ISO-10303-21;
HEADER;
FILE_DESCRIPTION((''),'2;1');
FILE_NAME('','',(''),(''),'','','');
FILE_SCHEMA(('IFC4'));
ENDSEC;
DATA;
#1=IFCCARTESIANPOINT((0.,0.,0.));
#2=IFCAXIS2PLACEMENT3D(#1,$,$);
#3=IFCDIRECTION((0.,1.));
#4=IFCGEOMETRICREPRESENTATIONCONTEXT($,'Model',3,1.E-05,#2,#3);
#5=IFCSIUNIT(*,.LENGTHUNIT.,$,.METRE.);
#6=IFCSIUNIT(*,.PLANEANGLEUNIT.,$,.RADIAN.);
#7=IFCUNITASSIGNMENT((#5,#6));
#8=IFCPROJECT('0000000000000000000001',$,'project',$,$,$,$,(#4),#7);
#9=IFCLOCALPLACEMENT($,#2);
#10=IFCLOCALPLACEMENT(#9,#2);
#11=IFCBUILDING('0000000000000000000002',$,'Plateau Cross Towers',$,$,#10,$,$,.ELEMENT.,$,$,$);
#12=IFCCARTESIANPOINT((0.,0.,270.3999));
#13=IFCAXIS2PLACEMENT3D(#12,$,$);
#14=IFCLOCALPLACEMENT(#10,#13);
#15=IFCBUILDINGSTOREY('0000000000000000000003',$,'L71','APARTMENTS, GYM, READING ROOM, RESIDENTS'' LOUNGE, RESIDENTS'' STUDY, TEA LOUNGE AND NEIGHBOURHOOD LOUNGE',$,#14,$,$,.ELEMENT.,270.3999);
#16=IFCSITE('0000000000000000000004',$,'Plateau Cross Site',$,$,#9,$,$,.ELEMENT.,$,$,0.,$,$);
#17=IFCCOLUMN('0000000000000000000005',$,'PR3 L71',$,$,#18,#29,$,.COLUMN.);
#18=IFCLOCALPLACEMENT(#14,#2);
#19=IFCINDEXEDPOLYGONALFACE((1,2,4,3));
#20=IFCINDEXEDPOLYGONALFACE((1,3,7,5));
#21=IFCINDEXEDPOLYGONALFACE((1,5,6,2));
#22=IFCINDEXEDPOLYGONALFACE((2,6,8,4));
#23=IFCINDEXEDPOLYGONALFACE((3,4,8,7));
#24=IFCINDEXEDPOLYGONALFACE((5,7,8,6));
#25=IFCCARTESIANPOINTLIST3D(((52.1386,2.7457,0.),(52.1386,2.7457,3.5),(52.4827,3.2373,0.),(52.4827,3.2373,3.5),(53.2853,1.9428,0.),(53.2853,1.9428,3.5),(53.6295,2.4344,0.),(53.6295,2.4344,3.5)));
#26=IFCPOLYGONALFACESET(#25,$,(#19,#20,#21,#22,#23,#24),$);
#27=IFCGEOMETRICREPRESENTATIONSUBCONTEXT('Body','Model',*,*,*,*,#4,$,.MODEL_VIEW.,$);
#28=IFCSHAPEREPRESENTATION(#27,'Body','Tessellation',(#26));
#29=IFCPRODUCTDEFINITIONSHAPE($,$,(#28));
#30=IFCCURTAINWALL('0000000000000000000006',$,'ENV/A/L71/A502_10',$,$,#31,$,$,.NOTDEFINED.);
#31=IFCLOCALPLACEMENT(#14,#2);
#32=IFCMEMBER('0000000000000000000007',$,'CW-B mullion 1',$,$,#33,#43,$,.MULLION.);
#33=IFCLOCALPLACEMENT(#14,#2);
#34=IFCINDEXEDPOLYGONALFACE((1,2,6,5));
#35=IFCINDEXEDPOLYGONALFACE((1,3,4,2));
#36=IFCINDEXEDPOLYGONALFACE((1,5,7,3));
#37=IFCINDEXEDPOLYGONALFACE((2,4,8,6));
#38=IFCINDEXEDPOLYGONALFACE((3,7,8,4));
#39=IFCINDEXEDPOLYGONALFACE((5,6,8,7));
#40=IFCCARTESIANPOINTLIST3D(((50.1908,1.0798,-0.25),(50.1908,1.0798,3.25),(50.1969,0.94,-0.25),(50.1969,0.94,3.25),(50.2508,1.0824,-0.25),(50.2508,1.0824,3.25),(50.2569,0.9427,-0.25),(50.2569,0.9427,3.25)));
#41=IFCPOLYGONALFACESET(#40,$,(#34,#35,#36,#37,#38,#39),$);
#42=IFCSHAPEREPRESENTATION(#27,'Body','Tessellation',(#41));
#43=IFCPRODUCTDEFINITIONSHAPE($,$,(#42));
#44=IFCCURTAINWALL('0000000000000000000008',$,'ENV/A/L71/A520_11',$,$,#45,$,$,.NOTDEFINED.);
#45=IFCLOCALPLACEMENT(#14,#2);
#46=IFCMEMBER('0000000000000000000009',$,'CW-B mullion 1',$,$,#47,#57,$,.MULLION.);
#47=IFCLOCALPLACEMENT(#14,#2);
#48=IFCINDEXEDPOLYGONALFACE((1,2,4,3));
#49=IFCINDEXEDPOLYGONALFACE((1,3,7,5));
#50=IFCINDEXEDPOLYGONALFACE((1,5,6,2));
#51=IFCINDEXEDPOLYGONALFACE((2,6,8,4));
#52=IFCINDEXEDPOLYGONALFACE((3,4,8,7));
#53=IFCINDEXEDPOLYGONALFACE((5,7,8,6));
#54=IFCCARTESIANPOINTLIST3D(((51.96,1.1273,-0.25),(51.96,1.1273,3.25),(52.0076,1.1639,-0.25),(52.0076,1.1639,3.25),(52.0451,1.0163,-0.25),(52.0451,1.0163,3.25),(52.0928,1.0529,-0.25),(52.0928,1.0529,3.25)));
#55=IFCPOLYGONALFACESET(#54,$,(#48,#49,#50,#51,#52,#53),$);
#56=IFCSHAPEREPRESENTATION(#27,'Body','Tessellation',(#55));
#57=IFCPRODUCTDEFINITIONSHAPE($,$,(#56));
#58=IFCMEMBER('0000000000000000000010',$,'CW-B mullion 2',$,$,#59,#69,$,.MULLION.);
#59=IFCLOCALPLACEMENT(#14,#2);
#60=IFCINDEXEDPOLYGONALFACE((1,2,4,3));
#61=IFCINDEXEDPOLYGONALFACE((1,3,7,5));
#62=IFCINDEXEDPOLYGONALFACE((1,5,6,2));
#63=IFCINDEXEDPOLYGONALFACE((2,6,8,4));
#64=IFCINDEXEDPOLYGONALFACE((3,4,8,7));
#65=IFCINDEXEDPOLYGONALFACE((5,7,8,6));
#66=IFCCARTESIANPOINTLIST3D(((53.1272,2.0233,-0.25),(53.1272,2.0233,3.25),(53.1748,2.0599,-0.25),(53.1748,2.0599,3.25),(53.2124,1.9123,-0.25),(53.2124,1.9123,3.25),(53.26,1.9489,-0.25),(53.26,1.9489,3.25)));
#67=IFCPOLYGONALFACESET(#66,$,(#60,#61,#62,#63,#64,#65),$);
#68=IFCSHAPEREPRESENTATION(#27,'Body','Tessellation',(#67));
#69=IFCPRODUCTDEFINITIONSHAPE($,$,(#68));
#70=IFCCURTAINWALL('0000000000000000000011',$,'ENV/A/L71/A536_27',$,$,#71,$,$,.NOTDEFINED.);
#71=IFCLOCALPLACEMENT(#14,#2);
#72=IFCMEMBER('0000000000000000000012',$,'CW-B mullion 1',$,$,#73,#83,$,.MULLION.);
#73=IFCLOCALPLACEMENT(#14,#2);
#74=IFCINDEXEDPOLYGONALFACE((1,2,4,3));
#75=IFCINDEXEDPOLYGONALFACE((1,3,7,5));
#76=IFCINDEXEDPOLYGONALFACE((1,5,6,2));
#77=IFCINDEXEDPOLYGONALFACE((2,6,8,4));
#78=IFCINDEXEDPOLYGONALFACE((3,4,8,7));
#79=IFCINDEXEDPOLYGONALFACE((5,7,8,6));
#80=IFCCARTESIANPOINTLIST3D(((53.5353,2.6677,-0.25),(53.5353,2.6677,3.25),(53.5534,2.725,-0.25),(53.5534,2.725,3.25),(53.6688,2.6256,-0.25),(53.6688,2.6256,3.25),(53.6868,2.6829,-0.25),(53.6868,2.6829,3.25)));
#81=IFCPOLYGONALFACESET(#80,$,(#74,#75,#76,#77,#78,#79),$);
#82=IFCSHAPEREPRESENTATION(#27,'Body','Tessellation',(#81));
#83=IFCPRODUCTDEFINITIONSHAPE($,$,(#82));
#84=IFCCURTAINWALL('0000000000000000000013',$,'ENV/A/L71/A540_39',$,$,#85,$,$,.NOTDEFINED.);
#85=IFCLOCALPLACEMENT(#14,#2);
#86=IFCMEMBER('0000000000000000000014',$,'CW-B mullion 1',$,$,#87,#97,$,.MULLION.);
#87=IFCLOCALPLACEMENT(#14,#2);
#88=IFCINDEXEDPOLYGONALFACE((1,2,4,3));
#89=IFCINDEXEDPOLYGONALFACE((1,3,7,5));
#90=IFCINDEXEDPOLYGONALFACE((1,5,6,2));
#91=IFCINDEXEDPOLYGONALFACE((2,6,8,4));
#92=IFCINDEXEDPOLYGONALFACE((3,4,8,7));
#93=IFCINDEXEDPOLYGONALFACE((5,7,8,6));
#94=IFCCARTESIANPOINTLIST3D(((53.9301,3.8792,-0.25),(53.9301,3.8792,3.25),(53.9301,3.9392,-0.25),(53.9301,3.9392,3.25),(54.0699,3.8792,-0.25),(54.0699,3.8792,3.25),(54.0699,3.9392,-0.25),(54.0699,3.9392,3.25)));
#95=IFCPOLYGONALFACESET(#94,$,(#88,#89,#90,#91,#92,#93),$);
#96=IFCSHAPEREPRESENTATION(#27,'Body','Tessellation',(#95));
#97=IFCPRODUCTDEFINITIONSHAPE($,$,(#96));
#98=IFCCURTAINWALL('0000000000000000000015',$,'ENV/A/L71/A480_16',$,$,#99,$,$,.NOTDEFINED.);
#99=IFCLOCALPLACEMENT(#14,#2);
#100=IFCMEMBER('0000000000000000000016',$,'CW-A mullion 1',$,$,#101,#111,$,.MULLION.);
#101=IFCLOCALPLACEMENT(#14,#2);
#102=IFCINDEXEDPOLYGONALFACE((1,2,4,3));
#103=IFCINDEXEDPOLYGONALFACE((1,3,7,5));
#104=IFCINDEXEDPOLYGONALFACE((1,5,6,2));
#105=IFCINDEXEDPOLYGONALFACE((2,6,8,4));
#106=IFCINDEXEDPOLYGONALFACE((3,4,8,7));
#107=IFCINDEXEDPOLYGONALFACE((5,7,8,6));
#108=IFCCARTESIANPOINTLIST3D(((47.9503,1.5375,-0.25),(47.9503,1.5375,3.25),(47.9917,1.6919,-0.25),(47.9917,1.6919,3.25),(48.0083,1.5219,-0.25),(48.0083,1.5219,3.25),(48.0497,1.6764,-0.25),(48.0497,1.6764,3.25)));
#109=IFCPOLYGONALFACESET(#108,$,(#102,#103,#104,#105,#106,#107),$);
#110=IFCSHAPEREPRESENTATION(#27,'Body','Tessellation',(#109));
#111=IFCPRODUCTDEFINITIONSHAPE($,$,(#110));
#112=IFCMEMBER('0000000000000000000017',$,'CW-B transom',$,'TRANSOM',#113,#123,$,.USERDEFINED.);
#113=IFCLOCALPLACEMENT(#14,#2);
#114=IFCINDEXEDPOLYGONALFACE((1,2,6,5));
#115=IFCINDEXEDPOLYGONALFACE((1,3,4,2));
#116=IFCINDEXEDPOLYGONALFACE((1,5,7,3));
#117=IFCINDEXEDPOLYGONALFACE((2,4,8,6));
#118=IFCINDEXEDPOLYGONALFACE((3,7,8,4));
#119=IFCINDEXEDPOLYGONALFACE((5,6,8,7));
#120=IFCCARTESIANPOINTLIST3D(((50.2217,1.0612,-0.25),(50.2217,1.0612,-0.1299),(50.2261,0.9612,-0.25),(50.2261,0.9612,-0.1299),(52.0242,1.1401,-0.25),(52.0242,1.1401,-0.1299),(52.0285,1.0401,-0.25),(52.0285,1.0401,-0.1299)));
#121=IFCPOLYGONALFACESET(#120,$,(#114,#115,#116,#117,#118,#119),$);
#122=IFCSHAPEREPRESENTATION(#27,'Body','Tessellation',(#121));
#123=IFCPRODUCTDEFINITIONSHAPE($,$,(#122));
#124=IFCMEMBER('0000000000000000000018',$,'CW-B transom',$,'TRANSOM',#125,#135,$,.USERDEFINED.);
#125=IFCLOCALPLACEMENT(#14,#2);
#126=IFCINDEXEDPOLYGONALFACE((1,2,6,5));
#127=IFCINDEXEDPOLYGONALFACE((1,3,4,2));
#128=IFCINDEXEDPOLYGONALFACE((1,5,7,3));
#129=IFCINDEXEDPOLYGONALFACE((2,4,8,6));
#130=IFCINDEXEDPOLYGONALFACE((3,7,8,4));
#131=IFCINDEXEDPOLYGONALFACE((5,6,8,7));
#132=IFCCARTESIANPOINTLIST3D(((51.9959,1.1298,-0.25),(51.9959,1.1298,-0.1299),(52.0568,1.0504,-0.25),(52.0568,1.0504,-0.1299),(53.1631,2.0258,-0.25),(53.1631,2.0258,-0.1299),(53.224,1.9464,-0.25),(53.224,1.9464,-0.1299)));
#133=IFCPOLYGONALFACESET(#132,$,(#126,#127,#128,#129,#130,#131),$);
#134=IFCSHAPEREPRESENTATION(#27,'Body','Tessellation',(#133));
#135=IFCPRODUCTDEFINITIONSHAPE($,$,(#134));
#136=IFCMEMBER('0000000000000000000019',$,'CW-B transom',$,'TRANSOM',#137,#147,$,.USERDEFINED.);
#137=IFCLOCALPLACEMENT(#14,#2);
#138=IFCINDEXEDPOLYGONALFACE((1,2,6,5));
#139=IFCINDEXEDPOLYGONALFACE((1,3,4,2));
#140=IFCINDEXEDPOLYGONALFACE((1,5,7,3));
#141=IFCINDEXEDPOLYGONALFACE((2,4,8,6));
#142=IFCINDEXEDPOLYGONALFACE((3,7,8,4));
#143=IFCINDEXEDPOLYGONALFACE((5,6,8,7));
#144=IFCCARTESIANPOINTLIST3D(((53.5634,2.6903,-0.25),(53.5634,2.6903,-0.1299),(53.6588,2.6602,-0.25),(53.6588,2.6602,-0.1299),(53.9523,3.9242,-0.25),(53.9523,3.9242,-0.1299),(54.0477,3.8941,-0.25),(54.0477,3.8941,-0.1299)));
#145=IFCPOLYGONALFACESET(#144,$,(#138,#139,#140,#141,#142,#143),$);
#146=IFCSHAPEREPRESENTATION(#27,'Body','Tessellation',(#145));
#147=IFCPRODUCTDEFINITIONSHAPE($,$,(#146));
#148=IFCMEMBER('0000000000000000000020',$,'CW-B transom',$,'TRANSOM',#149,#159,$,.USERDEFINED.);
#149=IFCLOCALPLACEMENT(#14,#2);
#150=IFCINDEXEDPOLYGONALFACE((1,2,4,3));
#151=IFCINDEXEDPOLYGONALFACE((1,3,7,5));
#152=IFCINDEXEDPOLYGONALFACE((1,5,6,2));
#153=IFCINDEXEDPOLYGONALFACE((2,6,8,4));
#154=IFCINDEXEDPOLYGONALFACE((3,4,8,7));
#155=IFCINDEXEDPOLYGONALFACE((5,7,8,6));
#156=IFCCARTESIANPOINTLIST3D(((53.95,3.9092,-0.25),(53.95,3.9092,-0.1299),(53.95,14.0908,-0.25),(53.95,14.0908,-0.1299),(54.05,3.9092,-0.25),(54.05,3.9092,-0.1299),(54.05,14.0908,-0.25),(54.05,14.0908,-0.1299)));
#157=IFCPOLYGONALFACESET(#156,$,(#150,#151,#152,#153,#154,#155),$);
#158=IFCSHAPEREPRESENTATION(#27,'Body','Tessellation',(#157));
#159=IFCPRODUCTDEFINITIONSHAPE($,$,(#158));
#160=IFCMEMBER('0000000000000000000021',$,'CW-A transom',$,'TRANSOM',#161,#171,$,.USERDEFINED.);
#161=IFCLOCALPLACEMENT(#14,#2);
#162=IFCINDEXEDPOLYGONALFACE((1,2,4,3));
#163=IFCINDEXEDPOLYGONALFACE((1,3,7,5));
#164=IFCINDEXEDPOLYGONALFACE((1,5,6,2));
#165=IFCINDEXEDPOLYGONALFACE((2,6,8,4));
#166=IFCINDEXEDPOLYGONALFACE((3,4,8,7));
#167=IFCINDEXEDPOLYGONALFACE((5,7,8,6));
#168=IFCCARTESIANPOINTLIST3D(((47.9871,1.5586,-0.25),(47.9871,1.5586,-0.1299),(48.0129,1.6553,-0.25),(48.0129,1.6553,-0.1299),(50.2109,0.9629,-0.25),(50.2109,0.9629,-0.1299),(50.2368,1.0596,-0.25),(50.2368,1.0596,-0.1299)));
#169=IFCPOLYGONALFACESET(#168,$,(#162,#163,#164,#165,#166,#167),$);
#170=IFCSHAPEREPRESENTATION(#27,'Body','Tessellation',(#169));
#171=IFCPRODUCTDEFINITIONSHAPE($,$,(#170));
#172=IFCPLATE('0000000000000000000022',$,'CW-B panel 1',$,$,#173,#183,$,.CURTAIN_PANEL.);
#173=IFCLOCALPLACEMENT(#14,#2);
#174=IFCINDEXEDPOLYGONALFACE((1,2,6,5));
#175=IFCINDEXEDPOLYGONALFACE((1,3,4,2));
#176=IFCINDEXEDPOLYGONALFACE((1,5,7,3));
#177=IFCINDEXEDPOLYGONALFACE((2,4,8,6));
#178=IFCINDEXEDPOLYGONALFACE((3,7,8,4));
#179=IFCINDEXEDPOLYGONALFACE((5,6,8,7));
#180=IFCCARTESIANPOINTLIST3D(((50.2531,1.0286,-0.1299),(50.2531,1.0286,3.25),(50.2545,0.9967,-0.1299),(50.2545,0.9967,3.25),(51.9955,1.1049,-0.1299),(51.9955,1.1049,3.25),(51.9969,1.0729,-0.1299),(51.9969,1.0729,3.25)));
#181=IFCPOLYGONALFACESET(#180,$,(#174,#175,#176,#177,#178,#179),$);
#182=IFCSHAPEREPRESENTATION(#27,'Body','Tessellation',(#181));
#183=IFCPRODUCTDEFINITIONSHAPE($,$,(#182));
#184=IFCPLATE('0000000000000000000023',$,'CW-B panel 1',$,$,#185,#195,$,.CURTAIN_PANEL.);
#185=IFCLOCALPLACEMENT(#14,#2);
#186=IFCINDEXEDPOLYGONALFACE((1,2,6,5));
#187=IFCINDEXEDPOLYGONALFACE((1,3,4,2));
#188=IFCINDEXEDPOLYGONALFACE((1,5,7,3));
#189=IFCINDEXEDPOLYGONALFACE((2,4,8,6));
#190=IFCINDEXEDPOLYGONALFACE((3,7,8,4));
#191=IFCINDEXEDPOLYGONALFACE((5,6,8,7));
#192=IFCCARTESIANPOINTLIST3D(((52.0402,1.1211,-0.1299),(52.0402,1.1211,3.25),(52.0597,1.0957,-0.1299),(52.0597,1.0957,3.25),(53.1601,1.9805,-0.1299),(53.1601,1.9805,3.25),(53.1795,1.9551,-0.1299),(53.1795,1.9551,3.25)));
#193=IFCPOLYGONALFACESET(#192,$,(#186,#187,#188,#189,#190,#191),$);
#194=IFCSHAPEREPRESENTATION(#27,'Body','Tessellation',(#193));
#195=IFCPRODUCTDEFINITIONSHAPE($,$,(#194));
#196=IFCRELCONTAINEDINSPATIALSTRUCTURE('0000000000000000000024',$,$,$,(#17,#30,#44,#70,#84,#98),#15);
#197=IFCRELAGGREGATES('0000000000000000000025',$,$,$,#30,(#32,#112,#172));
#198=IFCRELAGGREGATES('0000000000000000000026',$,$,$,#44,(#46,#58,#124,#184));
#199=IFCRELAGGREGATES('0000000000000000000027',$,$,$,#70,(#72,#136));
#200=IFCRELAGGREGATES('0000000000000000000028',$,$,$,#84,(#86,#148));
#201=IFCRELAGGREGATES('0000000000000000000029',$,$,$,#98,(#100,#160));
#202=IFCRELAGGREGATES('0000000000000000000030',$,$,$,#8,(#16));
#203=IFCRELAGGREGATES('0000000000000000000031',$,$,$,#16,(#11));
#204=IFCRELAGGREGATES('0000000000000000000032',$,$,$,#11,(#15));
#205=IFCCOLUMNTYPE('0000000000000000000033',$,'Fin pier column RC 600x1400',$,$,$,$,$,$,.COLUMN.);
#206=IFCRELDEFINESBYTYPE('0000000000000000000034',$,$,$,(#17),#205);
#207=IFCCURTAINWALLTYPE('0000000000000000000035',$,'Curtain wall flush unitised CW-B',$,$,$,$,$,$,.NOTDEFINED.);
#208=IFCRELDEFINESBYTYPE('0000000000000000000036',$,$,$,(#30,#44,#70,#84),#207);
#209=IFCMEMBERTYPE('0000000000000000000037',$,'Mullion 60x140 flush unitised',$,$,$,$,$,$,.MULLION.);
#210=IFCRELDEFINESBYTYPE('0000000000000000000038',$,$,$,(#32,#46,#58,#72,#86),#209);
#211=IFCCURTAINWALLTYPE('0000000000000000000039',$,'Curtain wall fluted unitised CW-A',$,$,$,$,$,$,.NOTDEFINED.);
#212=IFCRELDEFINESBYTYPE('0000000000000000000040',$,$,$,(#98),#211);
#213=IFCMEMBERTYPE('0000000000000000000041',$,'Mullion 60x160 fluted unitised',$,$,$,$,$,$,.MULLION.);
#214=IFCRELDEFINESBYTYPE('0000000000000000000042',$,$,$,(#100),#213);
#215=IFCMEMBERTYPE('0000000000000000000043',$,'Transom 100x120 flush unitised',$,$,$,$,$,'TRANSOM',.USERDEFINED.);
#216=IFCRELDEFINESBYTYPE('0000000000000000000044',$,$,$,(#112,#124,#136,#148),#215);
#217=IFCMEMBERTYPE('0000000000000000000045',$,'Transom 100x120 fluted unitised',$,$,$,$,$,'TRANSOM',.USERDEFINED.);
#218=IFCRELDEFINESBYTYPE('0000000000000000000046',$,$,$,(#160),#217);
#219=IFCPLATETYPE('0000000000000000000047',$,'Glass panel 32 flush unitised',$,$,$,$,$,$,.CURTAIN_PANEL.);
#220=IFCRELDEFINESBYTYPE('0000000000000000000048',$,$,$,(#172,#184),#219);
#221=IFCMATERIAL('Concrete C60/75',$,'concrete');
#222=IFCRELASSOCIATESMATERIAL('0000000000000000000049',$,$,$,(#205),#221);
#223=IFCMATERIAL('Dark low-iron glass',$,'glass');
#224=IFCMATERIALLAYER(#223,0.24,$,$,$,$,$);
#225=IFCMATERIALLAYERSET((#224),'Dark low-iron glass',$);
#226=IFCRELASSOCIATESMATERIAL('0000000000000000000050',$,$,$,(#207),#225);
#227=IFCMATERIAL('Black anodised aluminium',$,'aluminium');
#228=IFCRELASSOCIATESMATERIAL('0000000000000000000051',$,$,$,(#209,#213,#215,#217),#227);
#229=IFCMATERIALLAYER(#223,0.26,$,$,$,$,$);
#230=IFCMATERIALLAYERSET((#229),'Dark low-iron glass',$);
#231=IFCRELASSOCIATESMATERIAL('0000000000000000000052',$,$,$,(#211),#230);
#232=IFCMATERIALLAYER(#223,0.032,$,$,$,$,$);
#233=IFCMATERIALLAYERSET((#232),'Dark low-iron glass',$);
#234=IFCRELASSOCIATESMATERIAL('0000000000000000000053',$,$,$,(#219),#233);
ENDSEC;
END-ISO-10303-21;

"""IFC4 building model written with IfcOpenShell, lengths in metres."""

from ifc_helpers import new_model, si_unit, direction, frame, origin, origin_2d, place, context, subcontext, project, spatial, rectangle, extrude, material, layer, layer_set, material_profile, profile_set, type_object, element, aggregate, save


model = new_model("IFC4")

# Units and contexts
model_context = context("Model", 3, precision=1e-05, world=origin(), true_north=direction((0.0, 1.0)))
body_context = subcontext(model_context, "Body", "Model", "MODEL_VIEW")
ifc_project = project(units=[si_unit("LENGTHUNIT", "METRE"), si_unit("PLANEANGLEUNIT", "RADIAN")], contexts=[model_context])

# Site, building, storey
site_placement = place(None, origin())
site = spatial("IfcSite", under=ifc_project, at=site_placement, Name="Plateau Cross Site", CompositionType="ELEMENT", RefElevation=0.0)
building_placement = place(site_placement, origin())
building = spatial("IfcBuilding", under=site, at=building_placement, Name="Plateau Cross Towers", CompositionType="ELEMENT")
storey_placement = place(building_placement, frame((0.0, 0.0, 270.3999)))
storey = spatial("IfcBuildingStorey", under=building, at=storey_placement, Name="L71", Description="APARTMENTS, GYM, READING ROOM, RESIDENTS' LOUNGE, RESIDENTS' STUDY, TEA LOUNGE AND NEIGHBOURHOOD LOUNGE", CompositionType="ELEMENT", Elevation=270.3999)

# Column
ifc_material_1 = material(Name="Concrete C60/75", Category="concrete")
ifc_material_profile_1 = material_profile(ifc_material_1, rectangle(XDim=0.6001, YDim=1.3999, at=origin_2d()), Name="RC 600x1400")
ifc_profile_set_1 = profile_set([ifc_material_profile_1], Name="Concrete C60/75")
column_type = type_object("IfcColumnType", Name="Fin pier column RC 600x1400", PredefinedType="COLUMN", material=ifc_profile_set_1)
column_placement = place(storey_placement, frame((52.884, 2.5901, 0.0), z_axis=(0.0, 0.0, 1.0), x_axis=(0.573543, 0.819176, 0.0)))
element("IfcColumn", 1, at=column_placement, inside=storey, type_object=column_type, Name="PR3 L71", PredefinedType="COLUMN", context=body_context, shape_type="SweptSolid", body=[
    extrude(rectangle(XDim=0.6001, YDim=1.3999, at=origin_2d()), origin(), (0.0, 0.0, 1.0), 3.5),
])

# Curtain wall, member
ifc_material_2 = material(Name="Dark low-iron glass", Category="glass")
ifc_layer_1 = layer(ifc_material_2, 0.24)
ifc_layer_set_1 = layer_set([ifc_layer_1], Name="Dark low-iron glass")
curtain_wall_type_1 = type_object("IfcCurtainWallType", Name="Curtain wall flush unitised CW-B", PredefinedType="NOTDEFINED", material=ifc_layer_set_1)
curtain_wall_1_placement = place(storey_placement, origin())
curtain_wall_1 = element("IfcCurtainWall", 2, at=curtain_wall_1_placement, inside=storey, type_object=curtain_wall_type_1, Name="ENV/A/L71/A502_10", PredefinedType="NOTDEFINED")
ifc_material_3 = material(Name="Black anodised aluminium", Category="aluminium")
ifc_material_profile_2 = material_profile(ifc_material_3, rectangle(XDim=0.0601, YDim=0.1399, at=origin_2d()), Name="MULLION 60x140")
ifc_profile_set_2 = profile_set([ifc_material_profile_2], Name="Black anodised aluminium")
member_type_1 = type_object("IfcMemberType", Name="Mullion 60x140 flush unitised", PredefinedType="MULLION", material=ifc_profile_set_2)
member_1_placement = place(storey_placement, frame((50.2239, 1.0112, -0.25), z_axis=(0.0, 0.0, 1.0), x_axis=(0.999044, 0.043723, 0.0)))
member_1 = element("IfcMember", 3, at=member_1_placement, type_object=member_type_1, Name="CW-B mullion 1", PredefinedType="MULLION", context=body_context, shape_type="SweptSolid", body=[
    extrude(rectangle(XDim=0.0601, YDim=0.1399, at=origin_2d()), origin(), (0.0, 0.0, 1.0), 3.5),
])

# Curtain wall, members
curtain_wall_2_placement = place(storey_placement, origin())
curtain_wall_2 = element("IfcCurtainWall", 4, at=curtain_wall_2_placement, inside=storey, type_object=curtain_wall_type_1, Name="ENV/A/L71/A520_11", PredefinedType="NOTDEFINED")
member_2_placement = place(storey_placement, frame((52.0264, 1.0901, -0.25), z_axis=(0.0, 0.0, 1.0), x_axis=(0.793316, 0.608811, 0.0)))
member_2 = element("IfcMember", 5, at=member_2_placement, type_object=member_type_1, Name="CW-B mullion 1", PredefinedType="MULLION", context=body_context, shape_type="SweptSolid", body=[
    extrude(rectangle(XDim=0.0601, YDim=0.1399, at=origin_2d()), origin(), (0.0, 0.0, 1.0), 3.5),
])
member_3_placement = place(storey_placement, frame((53.1936, 1.9861, -0.25), z_axis=(0.0, 0.0, 1.0), x_axis=(0.793316, 0.608811, 0.0)))
member_3 = element("IfcMember", 6, at=member_3_placement, type_object=member_type_1, Name="CW-B mullion 2", PredefinedType="MULLION", context=body_context, shape_type="SweptSolid", body=[
    extrude(rectangle(XDim=0.0601, YDim=0.1399, at=origin_2d()), origin(), (0.0, 0.0, 1.0), 3.5),
])

# Curtain walls, members
curtain_wall_3_placement = place(storey_placement, origin())
curtain_wall_3 = element("IfcCurtainWall", 7, at=curtain_wall_3_placement, inside=storey, type_object=curtain_wall_type_1, Name="ENV/A/L71/A536_27", PredefinedType="NOTDEFINED")
member_4_placement = place(storey_placement, frame((53.6111, 2.6753, -0.25), z_axis=(0.0, 0.0, 1.0), x_axis=(0.300686, 0.953723, 0.0)))
member_4 = element("IfcMember", 8, at=member_4_placement, type_object=member_type_1, Name="CW-B mullion 1", PredefinedType="MULLION", context=body_context, shape_type="SweptSolid", body=[
    extrude(rectangle(XDim=0.0601, YDim=0.1399, at=origin_2d()), origin(), (0.0, 0.0, 1.0), 3.5),
])
curtain_wall_4_placement = place(storey_placement, origin())
curtain_wall_4 = element("IfcCurtainWall", 9, at=curtain_wall_4_placement, inside=storey, type_object=curtain_wall_type_1, Name="ENV/A/L71/A540_39", PredefinedType="NOTDEFINED")
member_5_placement = place(storey_placement, frame((54.0, 3.9092, -0.25), z_axis=(0.0, 0.0, 1.0), x_axis=(0.0, 1.0, 0.0)))
member_5 = element("IfcMember", 10, at=member_5_placement, type_object=member_type_1, Name="CW-B mullion 1", PredefinedType="MULLION", context=body_context, shape_type="SweptSolid", body=[
    extrude(rectangle(XDim=0.0601, YDim=0.1399, at=origin_2d()), origin(), (0.0, 0.0, 1.0), 3.5),
])
ifc_layer_2 = layer(ifc_material_2, 0.26)
ifc_layer_set_2 = layer_set([ifc_layer_2], Name="Dark low-iron glass")
curtain_wall_type_2 = type_object("IfcCurtainWallType", Name="Curtain wall fluted unitised CW-A", PredefinedType="NOTDEFINED", material=ifc_layer_set_2)
curtain_wall_5_placement = place(storey_placement, origin())
curtain_wall_5 = element("IfcCurtainWall", 11, at=curtain_wall_5_placement, inside=storey, type_object=curtain_wall_type_2, Name="ENV/A/L71/A480_16", PredefinedType="NOTDEFINED")
ifc_material_profile_3 = material_profile(ifc_material_3, rectangle(XDim=0.0601, YDim=0.1599, at=origin_2d()), Name="MULLION 60x160")
ifc_profile_set_3 = profile_set([ifc_material_profile_3], Name="Black anodised aluminium")
member_type_2 = type_object("IfcMemberType", Name="Mullion 60x160 fluted unitised", PredefinedType="MULLION", material=ifc_profile_set_3)
member_6_placement = place(storey_placement, frame((48.0, 1.6069, -0.25), z_axis=(0.0, 0.0, 1.0), x_axis=(0.965958, -0.258699, 0.0)))
member_6 = element("IfcMember", 12, at=member_6_placement, type_object=member_type_2, Name="CW-A mullion 1", PredefinedType="MULLION", context=body_context, shape_type="SweptSolid", body=[
    extrude(rectangle(XDim=0.0601, YDim=0.1599, at=origin_2d()), origin(), (0.0, 0.0, 1.0), 3.5),
])

# Members
ifc_material_profile_4 = material_profile(ifc_material_3, rectangle(XDim=0.1001, YDim=0.1201, at=origin_2d()), Name="TRANSOM 100x120")
ifc_profile_set_4 = profile_set([ifc_material_profile_4], Name="Black anodised aluminium")
member_type_3 = type_object("IfcMemberType", Name="Transom 100x120 flush unitised", ElementType="TRANSOM", PredefinedType="USERDEFINED", material=ifc_profile_set_4)
member_7_placement = place(storey_placement, frame((50.2239, 1.0112, -0.1899), z_axis=(0.999044, 0.043707, 0.0), x_axis=(-0.043707, 0.999044, 0.0)))
member_7 = element("IfcMember", 13, at=member_7_placement, type_object=member_type_3, Name="CW-B transom", ObjectType="TRANSOM", PredefinedType="USERDEFINED", context=body_context, shape_type="SweptSolid", body=[
    extrude(rectangle(XDim=0.1001, YDim=0.1201, at=origin_2d()), origin(), (0.0, 0.0, 1.0), 1.8042),
])
member_8_placement = place(storey_placement, frame((52.0264, 1.0901, -0.1899), z_axis=(0.79324, 0.608909, 0.0), x_axis=(-0.608909, 0.79324, 0.0)))
member_8 = element("IfcMember", 14, at=member_8_placement, type_object=member_type_3, Name="CW-B transom", ObjectType="TRANSOM", PredefinedType="USERDEFINED", context=body_context, shape_type="SweptSolid", body=[
    extrude(rectangle(XDim=0.1001, YDim=0.1201, at=origin_2d()), origin(), (0.0, 0.0, 1.0), 1.4714),
])
member_9_placement = place(storey_placement, frame((53.6111, 2.6753, -0.1899), z_axis=(0.300617, 0.953745, 0.0), x_axis=(-0.953745, 0.300617, 0.0)))
member_9 = element("IfcMember", 15, at=member_9_placement, type_object=member_type_3, Name="CW-B transom", ObjectType="TRANSOM", PredefinedType="USERDEFINED", context=body_context, shape_type="SweptSolid", body=[
    extrude(rectangle(XDim=0.1001, YDim=0.1201, at=origin_2d()), origin(), (0.0, 0.0, 1.0), 1.2937),
])
member_10_placement = place(storey_placement, frame((54.0, 3.9092, -0.1899), z_axis=(0.0, 1.0, 0.0), x_axis=(-1.0, 0.0, 0.0)))
member_10 = element("IfcMember", 16, at=member_10_placement, type_object=member_type_3, Name="CW-B transom", ObjectType="TRANSOM", PredefinedType="USERDEFINED", context=body_context, shape_type="SweptSolid", body=[
    extrude(rectangle(XDim=0.1001, YDim=0.1201, at=origin_2d()), origin(), (0.0, 0.0, 1.0), 10.1816),
])
ifc_material_profile_5 = material_profile(ifc_material_3, rectangle(XDim=0.1001, YDim=0.1201, at=origin_2d()), Name="TRANSOM 100x120")
ifc_profile_set_5 = profile_set([ifc_material_profile_5], Name="Black anodised aluminium")
member_type_4 = type_object("IfcMemberType", Name="Transom 100x120 fluted unitised", ElementType="TRANSOM", PredefinedType="USERDEFINED", material=ifc_profile_set_5)
member_11_placement = place(storey_placement, frame((48.0, 1.6069, -0.1899), z_axis=(0.965946, -0.258745, 0.0), x_axis=(0.258745, 0.965946, 0.0)))
member_11 = element("IfcMember", 17, at=member_11_placement, type_object=member_type_4, Name="CW-A transom", ObjectType="TRANSOM", PredefinedType="USERDEFINED", context=body_context, shape_type="SweptSolid", body=[
    extrude(rectangle(XDim=0.1001, YDim=0.1201, at=origin_2d()), origin(), (0.0, 0.0, 1.0), 2.3022),
])

# Plates
ifc_layer_3 = layer(ifc_material_2, 0.032)
ifc_layer_set_3 = layer_set([ifc_layer_3], Name="Dark low-iron glass")
plate_type_1 = type_object("IfcPlateType", Name="Glass panel 32 flush unitised", PredefinedType="CURTAIN_PANEL", material=ifc_layer_set_3)
plate_1_placement = place(storey_placement, frame((51.125, 1.0508, -0.1299), z_axis=(0.0, 0.0, 1.0), x_axis=(0.999044, 0.043723, 0.0)))
plate_1 = element("IfcPlate", 18, at=plate_1_placement, type_object=plate_type_1, Name="CW-B panel 1", PredefinedType="CURTAIN_PANEL", context=body_context, shape_type="SweptSolid", body=[
    extrude(rectangle(XDim=1.7441, YDim=0.032, at=origin_2d()), origin(), (0.0, 0.0, 1.0), 3.3799),
])
aggregate(curtain_wall_1, [member_1, member_7, plate_1])
plate_2_placement = place(storey_placement, frame((52.6099, 1.5381, -0.1299), z_axis=(0.0, 0.0, 1.0), x_axis=(0.793316, 0.608811, 0.0)))
plate_2 = element("IfcPlate", 19, at=plate_2_placement, type_object=plate_type_1, Name="CW-B panel 1", PredefinedType="CURTAIN_PANEL", context=body_context, shape_type="SweptSolid", body=[
    extrude(rectangle(XDim=1.4116, YDim=0.032, at=origin_2d()), origin(), (0.0, 0.0, 1.0), 3.3799),
])
aggregate(curtain_wall_2, [member_2, member_3, member_8, plate_2])
aggregate(curtain_wall_3, [member_4, member_9])
aggregate(curtain_wall_4, [member_5, member_10])

aggregate(curtain_wall_5, [member_6, member_11])

save(model, "model.ifc")
